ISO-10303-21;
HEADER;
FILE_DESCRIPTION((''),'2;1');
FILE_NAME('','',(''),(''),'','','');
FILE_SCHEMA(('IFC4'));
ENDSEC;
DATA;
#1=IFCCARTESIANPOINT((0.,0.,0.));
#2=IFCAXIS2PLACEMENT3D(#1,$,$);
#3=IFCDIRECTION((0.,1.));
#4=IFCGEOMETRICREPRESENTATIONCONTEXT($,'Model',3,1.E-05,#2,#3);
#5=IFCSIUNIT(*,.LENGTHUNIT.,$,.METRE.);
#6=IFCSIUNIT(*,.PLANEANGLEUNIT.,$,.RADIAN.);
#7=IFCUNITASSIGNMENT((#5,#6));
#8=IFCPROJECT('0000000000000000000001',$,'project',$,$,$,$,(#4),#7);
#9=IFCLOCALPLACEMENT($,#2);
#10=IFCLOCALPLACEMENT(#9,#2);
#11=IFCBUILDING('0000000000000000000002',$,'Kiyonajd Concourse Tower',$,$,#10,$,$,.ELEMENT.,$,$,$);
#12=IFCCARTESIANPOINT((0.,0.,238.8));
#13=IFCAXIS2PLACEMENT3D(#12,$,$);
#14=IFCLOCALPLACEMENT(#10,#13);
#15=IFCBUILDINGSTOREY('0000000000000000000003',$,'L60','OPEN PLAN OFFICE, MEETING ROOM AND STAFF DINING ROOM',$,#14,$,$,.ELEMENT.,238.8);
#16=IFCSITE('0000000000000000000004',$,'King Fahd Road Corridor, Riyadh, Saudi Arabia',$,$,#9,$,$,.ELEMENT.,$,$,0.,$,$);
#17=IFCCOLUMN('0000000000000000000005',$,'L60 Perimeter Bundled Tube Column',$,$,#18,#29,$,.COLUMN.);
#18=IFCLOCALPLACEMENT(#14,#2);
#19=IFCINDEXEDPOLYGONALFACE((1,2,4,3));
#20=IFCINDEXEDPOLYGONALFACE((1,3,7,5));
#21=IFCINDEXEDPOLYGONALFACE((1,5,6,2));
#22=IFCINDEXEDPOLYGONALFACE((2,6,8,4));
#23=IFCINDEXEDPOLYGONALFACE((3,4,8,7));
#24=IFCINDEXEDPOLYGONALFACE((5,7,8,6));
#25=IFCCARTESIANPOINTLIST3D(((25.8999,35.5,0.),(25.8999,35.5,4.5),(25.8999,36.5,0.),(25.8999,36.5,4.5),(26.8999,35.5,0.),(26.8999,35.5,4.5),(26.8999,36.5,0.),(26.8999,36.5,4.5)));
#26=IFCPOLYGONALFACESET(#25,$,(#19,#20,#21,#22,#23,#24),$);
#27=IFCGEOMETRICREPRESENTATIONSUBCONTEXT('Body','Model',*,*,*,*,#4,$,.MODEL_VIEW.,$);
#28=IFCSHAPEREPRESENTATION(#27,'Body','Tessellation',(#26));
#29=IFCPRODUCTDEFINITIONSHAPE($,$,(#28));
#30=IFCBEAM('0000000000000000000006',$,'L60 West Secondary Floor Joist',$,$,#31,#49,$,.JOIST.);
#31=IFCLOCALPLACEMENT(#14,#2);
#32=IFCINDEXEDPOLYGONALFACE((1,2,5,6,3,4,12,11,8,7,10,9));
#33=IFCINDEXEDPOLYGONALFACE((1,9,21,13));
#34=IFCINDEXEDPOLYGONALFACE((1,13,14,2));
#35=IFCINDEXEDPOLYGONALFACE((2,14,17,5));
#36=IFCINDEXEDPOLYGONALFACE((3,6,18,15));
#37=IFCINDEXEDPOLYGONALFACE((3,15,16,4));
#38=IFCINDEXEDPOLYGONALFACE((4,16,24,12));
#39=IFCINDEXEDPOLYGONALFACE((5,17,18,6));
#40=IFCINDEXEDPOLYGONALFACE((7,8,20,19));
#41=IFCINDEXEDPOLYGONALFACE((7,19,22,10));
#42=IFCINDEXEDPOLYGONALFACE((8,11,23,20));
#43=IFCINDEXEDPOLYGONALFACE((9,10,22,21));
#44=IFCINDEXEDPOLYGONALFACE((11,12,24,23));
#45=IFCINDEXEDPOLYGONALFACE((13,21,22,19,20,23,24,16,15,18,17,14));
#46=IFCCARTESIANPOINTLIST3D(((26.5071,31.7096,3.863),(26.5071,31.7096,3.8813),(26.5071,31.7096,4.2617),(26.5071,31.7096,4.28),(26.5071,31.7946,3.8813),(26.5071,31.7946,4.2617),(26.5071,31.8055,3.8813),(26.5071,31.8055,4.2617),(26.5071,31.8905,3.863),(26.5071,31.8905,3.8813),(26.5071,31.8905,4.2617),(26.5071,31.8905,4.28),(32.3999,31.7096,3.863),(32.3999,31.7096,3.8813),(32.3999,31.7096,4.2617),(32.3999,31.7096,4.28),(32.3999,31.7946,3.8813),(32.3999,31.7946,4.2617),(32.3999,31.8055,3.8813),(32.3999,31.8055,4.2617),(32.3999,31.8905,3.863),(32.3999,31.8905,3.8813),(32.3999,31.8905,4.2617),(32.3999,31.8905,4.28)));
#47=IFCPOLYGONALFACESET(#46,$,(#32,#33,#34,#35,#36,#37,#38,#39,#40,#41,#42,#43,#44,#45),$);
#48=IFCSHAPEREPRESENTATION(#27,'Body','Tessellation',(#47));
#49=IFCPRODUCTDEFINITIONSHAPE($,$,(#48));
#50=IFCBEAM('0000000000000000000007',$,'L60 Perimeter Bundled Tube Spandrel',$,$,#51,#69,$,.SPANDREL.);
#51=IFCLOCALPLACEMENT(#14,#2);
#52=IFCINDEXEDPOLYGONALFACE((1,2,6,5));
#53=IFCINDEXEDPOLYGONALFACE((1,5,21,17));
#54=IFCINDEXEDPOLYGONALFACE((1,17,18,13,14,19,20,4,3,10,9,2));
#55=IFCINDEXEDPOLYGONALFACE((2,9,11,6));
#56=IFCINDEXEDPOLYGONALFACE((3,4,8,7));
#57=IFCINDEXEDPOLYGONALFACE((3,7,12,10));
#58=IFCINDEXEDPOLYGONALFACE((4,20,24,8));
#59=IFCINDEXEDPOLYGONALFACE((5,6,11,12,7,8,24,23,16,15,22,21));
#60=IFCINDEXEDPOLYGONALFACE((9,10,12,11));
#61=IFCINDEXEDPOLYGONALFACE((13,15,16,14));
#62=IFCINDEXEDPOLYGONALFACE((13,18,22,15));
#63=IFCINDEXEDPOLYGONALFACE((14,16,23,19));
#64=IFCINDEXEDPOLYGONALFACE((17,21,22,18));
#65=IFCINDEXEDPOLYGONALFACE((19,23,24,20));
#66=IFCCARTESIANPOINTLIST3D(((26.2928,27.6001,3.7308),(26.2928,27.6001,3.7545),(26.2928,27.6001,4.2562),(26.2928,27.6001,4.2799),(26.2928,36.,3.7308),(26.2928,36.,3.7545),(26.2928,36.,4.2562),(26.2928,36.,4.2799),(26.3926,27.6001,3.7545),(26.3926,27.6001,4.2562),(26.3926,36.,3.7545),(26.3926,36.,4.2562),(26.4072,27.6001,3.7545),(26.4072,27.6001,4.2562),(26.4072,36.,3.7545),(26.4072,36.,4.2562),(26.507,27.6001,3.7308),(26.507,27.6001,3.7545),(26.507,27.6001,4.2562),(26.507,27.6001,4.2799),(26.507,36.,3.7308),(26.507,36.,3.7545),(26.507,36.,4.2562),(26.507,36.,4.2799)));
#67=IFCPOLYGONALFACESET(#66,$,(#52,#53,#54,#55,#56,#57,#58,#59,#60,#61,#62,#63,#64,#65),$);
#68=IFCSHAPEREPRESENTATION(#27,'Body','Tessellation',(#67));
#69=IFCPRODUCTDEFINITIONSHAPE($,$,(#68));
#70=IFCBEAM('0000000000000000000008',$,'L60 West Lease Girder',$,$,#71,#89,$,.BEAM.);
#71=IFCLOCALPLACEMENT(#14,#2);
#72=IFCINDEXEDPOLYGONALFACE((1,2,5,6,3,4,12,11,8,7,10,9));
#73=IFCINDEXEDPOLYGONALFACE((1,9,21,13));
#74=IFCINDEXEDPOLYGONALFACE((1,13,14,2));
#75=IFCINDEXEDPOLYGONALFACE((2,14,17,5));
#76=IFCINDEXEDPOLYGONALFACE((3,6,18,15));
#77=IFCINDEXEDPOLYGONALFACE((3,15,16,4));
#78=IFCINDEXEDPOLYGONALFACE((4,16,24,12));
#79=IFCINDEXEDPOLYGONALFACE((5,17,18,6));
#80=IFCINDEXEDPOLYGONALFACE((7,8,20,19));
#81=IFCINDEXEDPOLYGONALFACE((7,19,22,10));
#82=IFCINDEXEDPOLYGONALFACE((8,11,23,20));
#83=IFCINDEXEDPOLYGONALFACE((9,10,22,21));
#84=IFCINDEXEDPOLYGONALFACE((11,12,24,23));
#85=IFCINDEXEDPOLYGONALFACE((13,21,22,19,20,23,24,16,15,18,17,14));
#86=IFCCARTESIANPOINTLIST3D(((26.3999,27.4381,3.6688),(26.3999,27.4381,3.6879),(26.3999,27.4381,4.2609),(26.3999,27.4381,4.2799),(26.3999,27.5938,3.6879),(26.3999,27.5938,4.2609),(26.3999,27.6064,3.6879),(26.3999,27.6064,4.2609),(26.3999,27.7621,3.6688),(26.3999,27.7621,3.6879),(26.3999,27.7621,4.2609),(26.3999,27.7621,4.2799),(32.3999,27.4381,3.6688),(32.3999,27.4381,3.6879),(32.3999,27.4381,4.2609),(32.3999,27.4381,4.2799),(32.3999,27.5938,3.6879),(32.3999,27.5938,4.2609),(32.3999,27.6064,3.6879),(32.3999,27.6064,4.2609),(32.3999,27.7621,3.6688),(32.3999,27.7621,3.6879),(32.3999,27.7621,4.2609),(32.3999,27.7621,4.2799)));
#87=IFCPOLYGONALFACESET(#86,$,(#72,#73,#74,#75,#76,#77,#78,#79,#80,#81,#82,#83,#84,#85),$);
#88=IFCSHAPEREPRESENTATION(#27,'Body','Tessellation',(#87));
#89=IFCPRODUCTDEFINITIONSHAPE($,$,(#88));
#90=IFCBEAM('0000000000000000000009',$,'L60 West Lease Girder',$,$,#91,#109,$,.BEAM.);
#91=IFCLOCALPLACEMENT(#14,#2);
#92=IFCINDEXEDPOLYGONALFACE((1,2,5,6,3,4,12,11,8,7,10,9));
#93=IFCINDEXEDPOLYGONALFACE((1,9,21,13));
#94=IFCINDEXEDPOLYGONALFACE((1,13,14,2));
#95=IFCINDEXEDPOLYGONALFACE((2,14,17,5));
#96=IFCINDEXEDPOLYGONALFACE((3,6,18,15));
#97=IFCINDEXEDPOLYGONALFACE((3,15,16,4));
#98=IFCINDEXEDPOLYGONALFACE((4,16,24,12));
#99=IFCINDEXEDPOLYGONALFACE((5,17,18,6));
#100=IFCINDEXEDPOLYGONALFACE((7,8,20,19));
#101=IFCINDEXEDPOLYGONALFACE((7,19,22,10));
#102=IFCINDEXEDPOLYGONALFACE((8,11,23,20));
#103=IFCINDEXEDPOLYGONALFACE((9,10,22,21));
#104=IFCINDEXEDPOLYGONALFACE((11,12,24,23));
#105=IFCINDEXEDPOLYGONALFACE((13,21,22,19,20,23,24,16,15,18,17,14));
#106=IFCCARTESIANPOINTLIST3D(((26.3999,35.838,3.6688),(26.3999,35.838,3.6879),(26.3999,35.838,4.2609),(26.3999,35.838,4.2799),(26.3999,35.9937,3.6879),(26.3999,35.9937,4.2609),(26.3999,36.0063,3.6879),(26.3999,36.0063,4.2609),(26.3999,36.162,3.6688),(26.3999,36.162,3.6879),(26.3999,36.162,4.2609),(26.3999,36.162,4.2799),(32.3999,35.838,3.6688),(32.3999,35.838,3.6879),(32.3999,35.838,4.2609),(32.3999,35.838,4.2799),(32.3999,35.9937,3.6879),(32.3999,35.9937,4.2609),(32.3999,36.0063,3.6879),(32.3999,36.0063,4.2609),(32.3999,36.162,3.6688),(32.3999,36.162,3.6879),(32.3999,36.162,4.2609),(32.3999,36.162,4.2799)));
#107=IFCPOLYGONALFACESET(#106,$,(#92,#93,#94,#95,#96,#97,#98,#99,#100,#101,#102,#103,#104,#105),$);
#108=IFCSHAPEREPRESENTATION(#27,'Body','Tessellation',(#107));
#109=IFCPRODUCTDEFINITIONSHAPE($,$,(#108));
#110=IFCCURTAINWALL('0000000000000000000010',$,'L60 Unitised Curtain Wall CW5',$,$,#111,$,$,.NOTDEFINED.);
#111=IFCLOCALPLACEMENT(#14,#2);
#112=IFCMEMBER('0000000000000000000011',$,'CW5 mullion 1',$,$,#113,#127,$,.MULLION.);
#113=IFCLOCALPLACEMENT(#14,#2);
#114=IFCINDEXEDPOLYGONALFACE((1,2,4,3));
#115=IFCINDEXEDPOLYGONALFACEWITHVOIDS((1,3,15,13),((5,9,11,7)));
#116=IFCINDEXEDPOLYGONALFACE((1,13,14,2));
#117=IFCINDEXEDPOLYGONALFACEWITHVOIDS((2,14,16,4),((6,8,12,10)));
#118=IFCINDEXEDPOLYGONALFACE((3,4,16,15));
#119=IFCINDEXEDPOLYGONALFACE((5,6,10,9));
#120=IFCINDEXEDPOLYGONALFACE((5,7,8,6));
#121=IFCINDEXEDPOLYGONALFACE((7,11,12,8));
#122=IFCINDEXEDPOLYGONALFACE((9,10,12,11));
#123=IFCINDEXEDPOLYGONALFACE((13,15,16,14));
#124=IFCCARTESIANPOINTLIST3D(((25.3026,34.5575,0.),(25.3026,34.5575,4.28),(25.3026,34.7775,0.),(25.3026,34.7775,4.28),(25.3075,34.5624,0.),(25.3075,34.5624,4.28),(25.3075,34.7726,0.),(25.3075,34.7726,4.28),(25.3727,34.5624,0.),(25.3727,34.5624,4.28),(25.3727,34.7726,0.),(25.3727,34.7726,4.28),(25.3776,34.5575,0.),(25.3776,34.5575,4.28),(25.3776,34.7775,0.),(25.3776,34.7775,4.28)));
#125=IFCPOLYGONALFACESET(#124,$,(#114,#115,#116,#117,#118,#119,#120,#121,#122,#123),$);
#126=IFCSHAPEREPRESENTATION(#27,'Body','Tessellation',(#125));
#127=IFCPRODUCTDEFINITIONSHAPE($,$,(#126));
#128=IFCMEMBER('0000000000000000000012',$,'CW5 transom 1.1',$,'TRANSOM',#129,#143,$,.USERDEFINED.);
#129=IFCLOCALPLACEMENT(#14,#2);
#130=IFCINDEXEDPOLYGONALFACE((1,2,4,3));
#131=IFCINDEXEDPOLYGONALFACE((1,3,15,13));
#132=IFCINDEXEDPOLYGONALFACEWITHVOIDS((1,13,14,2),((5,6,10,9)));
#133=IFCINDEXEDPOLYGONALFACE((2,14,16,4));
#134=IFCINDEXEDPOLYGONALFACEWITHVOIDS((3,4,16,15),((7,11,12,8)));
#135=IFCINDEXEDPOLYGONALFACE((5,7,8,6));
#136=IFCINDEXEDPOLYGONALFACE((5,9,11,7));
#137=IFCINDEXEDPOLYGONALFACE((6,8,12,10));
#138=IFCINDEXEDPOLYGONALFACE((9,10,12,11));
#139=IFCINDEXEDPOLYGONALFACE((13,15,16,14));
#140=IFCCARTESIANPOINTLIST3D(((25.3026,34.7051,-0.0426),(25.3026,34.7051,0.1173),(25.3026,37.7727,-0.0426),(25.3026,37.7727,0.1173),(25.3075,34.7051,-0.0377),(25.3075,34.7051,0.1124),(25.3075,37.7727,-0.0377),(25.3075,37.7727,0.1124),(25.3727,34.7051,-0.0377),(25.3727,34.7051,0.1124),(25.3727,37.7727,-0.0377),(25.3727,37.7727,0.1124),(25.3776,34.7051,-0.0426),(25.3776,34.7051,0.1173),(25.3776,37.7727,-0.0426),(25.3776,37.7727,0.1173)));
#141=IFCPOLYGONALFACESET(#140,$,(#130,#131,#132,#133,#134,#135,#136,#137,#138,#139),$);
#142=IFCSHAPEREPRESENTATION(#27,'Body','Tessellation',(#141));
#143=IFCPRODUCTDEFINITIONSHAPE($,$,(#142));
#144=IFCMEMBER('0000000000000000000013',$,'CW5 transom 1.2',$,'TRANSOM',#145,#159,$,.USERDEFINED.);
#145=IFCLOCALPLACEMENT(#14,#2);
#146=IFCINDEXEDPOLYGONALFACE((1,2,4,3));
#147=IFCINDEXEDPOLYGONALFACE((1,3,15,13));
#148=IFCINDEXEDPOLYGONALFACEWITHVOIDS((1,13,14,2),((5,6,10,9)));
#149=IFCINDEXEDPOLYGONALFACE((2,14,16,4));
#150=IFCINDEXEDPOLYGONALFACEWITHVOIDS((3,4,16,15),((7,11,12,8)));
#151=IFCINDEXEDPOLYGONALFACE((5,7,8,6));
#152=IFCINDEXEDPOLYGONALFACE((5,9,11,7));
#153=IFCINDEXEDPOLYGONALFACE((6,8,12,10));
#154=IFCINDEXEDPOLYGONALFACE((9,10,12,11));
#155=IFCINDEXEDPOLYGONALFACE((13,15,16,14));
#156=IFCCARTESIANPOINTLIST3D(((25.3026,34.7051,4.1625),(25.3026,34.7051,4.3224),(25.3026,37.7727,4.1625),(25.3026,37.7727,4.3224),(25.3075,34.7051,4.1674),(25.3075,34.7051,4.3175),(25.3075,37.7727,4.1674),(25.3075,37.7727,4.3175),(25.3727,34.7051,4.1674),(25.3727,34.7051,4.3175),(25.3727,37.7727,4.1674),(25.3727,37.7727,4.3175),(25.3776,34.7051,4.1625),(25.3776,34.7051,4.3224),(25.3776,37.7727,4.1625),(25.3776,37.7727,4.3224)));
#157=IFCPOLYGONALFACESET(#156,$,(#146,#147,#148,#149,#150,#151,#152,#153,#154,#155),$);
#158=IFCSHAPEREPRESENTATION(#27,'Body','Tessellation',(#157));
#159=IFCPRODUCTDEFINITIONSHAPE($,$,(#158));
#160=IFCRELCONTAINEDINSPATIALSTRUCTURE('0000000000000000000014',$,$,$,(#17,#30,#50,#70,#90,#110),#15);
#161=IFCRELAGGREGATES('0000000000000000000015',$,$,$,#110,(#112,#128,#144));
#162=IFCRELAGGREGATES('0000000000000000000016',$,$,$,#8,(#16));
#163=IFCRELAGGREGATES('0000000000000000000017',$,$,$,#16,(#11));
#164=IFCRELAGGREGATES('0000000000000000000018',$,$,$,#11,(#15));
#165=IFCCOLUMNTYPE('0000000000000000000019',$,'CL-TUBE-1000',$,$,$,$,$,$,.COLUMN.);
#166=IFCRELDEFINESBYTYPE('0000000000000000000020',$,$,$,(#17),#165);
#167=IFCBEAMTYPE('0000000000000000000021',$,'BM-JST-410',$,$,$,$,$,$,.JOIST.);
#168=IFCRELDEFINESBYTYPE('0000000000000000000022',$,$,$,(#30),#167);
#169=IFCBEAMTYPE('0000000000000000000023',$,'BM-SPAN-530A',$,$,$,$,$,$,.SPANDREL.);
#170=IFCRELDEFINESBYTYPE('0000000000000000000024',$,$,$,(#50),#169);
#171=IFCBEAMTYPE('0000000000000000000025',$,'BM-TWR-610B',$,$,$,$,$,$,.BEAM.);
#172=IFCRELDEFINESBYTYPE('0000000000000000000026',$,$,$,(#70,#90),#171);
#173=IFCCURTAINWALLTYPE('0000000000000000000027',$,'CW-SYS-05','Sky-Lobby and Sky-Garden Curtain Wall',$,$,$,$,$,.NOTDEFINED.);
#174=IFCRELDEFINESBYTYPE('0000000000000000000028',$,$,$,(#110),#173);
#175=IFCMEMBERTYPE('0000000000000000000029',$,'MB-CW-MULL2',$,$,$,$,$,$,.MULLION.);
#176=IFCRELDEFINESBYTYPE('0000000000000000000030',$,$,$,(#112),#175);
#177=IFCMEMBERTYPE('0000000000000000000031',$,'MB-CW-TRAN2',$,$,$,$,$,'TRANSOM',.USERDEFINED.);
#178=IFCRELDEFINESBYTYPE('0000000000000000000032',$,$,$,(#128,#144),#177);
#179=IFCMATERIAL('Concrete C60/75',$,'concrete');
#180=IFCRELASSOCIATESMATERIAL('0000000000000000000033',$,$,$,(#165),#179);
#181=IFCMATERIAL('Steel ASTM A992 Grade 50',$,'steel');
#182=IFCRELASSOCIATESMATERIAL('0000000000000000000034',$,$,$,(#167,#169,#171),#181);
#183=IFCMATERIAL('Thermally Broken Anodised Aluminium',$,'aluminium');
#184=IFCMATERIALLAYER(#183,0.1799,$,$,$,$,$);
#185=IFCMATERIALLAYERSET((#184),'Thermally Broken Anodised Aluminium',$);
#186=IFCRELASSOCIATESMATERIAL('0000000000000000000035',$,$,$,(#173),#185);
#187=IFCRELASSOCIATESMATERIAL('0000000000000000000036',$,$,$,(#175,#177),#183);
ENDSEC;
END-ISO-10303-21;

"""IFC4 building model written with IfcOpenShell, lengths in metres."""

from ifc_helpers import new_model, si_unit, direction, frame, origin, origin_2d, place, context, subcontext, project, spatial, rectangle, hollow_rectangle, i_section, extrude, material, layer, layer_set, material_profile, profile_set, type_object, element, aggregate, save


model = new_model("IFC4")

# Units and contexts
model_context = context("Model", 3, precision=1e-05, world=origin(), true_north=direction((0.0, 1.0)))
body_context = subcontext(model_context, "Body", "Model", "MODEL_VIEW")
ifc_project = project(units=[si_unit("LENGTHUNIT", "METRE"), si_unit("PLANEANGLEUNIT", "RADIAN")], contexts=[model_context])

# Site, building, storey
site_placement = place(None, origin())
site = spatial("IfcSite", under=ifc_project, at=site_placement, Name="King Fahd Road Corridor, Riyadh, Saudi Arabia", CompositionType="ELEMENT", RefElevation=0.0)
building_placement = place(site_placement, origin())
building = spatial("IfcBuilding", under=site, at=building_placement, Name="Kiyonajd Concourse Tower", CompositionType="ELEMENT")
storey_placement = place(building_placement, frame((0.0, 0.0, 238.8)))
storey = spatial("IfcBuildingStorey", under=building, at=storey_placement, Name="L60", Description="OPEN PLAN OFFICE, MEETING ROOM AND STAFF DINING ROOM", CompositionType="ELEMENT", Elevation=238.8)

# Column
ifc_material_1 = material(Name="Concrete C60/75", Category="concrete")
ifc_material_profile_1 = material_profile(ifc_material_1, rectangle(XDim=1.0, YDim=1.0, at=origin_2d()), Name="RC-1000x1000")
ifc_profile_set_1 = profile_set([ifc_material_profile_1], Name="Concrete C60/75")
column_type = type_object("IfcColumnType", Name="CL-TUBE-1000", PredefinedType="COLUMN", material=ifc_profile_set_1)
column_placement = place(storey_placement, frame((26.3999, 36.0, 0.0), z_axis=(0.0, 0.0, 1.0), x_axis=(1.0, 0.0, 0.0)))
element("IfcColumn", 1, at=column_placement, inside=storey, type_object=column_type, Name="L60 Perimeter Bundled Tube Column", PredefinedType="COLUMN", context=body_context, shape_type="SweptSolid", body=[
    extrude(rectangle(XDim=1.0, YDim=1.0, at=origin_2d()), origin(), (0.0, 0.0, 1.0), 4.5),
])

# Beams
ifc_material_2 = material(Name="Steel ASTM A992 Grade 50", Category="steel")
ifc_material_profile_2 = material_profile(ifc_material_2, i_section(OverallWidth=0.1809, OverallDepth=0.417, WebThickness=0.011, FlangeThickness=0.0183, at=origin_2d()), Name="W410X85")
ifc_profile_set_2 = profile_set([ifc_material_profile_2], Name="Steel ASTM A992 Grade 50")
beam_type_1 = type_object("IfcBeamType", Name="BM-JST-410", PredefinedType="JOIST", material=ifc_profile_set_2)
beam_1_placement = place(storey_placement, frame((26.5071, 31.8, 4.0715), z_axis=(1.0, 0.0, 0.0), x_axis=(0.0, 1.0, 0.0)))
element("IfcBeam", 2, at=beam_1_placement, inside=storey, type_object=beam_type_1, Name="L60 West Secondary Floor Joist", PredefinedType="JOIST", context=body_context, shape_type="SweptSolid", body=[
    extrude(i_section(OverallWidth=0.1809, OverallDepth=0.417, WebThickness=0.011, FlangeThickness=0.0183, at=origin_2d()), origin(), (0.0, 0.0, 1.0), 5.8928),
])
ifc_material_profile_3 = material_profile(ifc_material_2, i_section(OverallWidth=0.2141, OverallDepth=0.5491, WebThickness=0.0146, FlangeThickness=0.0237, at=origin_2d()), Name="W530X138")
ifc_profile_set_3 = profile_set([ifc_material_profile_3], Name="Steel ASTM A992 Grade 50")
beam_type_2 = type_object("IfcBeamType", Name="BM-SPAN-530A", PredefinedType="SPANDREL", material=ifc_profile_set_3)
beam_2_placement = place(storey_placement, frame((26.3999, 36.0, 4.0054), z_axis=(0.0, -1.0, 0.0), x_axis=(1.0, 0.0, 0.0)))
element("IfcBeam", 3, at=beam_2_placement, inside=storey, type_object=beam_type_2, Name="L60 Perimeter Bundled Tube Spandrel", PredefinedType="SPANDREL", context=body_context, shape_type="SweptSolid", body=[
    extrude(i_section(OverallWidth=0.2141, OverallDepth=0.5491, WebThickness=0.0146, FlangeThickness=0.0237, at=origin_2d()), origin(), (0.0, 0.0, 1.0), 8.3999),
])
ifc_material_profile_4 = material_profile(ifc_material_2, i_section(OverallWidth=0.324, OverallDepth=0.6111, WebThickness=0.0127, FlangeThickness=0.019, at=origin_2d()), Name="W610X155")
ifc_profile_set_4 = profile_set([ifc_material_profile_4], Name="Steel ASTM A992 Grade 50")
beam_type_3 = type_object("IfcBeamType", Name="BM-TWR-610B", PredefinedType="BEAM", material=ifc_profile_set_4)
for number, where, z_axis, x_axis, name in (
    (4, (26.3999, 27.6001, 3.9744), (1.0, 0.0, 0.0), (0.0, 1.0, 0.0), "L60 West Lease Girder"),
    (5, (26.3999, 36.0, 3.9744), (1.0, 0.0, 0.0), (0.0, 1.0, 0.0), "L60 West Lease Girder"),
):
    element("IfcBeam", number, at=place(storey_placement, frame(where, z_axis=z_axis, x_axis=x_axis)), inside=storey, type_object=beam_type_3, Name=name, PredefinedType="BEAM", context=body_context, shape_type="SweptSolid", body=[
        extrude(i_section(OverallWidth=0.324, OverallDepth=0.6111, WebThickness=0.0127, FlangeThickness=0.019, at=origin_2d()), origin(), (0.0, 0.0, 1.0), 6.0),
    ])

# Curtain wall, members
ifc_material_3 = material(Name="Thermally Broken Anodised Aluminium", Category="aluminium")
ifc_layer_1 = layer(ifc_material_3, 0.1799)
ifc_layer_set_1 = layer_set([ifc_layer_1], Name="Thermally Broken Anodised Aluminium")
curtain_wall_type = type_object("IfcCurtainWallType", Name="CW-SYS-05", Description="Sky-Lobby and Sky-Garden Curtain Wall", PredefinedType="NOTDEFINED", material=ifc_layer_set_1)
curtain_wall_placement = place(storey_placement, origin())
curtain_wall = element("IfcCurtainWall", 6, at=curtain_wall_placement, inside=storey, type_object=curtain_wall_type, Name="L60 Unitised Curtain Wall CW5", PredefinedType="NOTDEFINED")
ifc_material_profile_5 = material_profile(ifc_material_3, hollow_rectangle(XDim=0.075, YDim=0.22, WallThickness=0.0049, at=origin_2d()), Name="MULL-75x220")
ifc_profile_set_5 = profile_set([ifc_material_profile_5], Name="Thermally Broken Anodised Aluminium")
member_type_1 = type_object("IfcMemberType", Name="MB-CW-MULL2", PredefinedType="MULLION", material=ifc_profile_set_5)
member_1_placement = place(storey_placement, frame((25.3401, 34.6675, 0.0), z_axis=(0.0, 0.0, 1.0), x_axis=(-1.0, 0.0, 0.0)))
member_1 = element("IfcMember", 7, at=member_1_placement, type_object=member_type_1, Name="CW5 mullion 1", PredefinedType="MULLION", context=body_context, shape_type="SweptSolid", body=[
    extrude(hollow_rectangle(XDim=0.075, YDim=0.22, WallThickness=0.0049, at=origin_2d()), origin(), (0.0, 0.0, 1.0), 4.28),
])
ifc_material_profile_6 = material_profile(ifc_material_3, hollow_rectangle(XDim=0.075, YDim=0.1599, WallThickness=0.0049, at=origin_2d()), Name="TRAN-75x160")
ifc_profile_set_6 = profile_set([ifc_material_profile_6], Name="Thermally Broken Anodised Aluminium")
member_type_2 = type_object("IfcMemberType", Name="MB-CW-TRAN2", ElementType="TRANSOM", PredefinedType="USERDEFINED", material=ifc_profile_set_6)
member_2_placement = place(storey_placement, frame((25.3401, 34.7051, 0.0374), z_axis=(0.0, 1.0, 0.0), x_axis=(-1.0, 0.0, 0.0)))
member_2 = element("IfcMember", 8, at=member_2_placement, type_object=member_type_2, Name="CW5 transom 1.1", ObjectType="TRANSOM", PredefinedType="USERDEFINED", context=body_context, shape_type="SweptSolid", body=[
    extrude(hollow_rectangle(XDim=0.075, YDim=0.1599, WallThickness=0.0049, at=origin_2d()), origin(), (0.0, 0.0, 1.0), 3.0676),
])
member_3_placement = place(storey_placement, frame((25.3401, 34.7051, 4.2424), z_axis=(0.0, 1.0, 0.0), x_axis=(-1.0, 0.0, 0.0)))
member_3 = element("IfcMember", 9, at=member_3_placement, type_object=member_type_2, Name="CW5 transom 1.2", ObjectType="TRANSOM", PredefinedType="USERDEFINED", context=body_context, shape_type="SweptSolid", body=[
    extrude(hollow_rectangle(XDim=0.075, YDim=0.1599, WallThickness=0.0049, at=origin_2d()), origin(), (0.0, 0.0, 1.0), 3.0676),
])

aggregate(curtain_wall, [member_1, member_2, member_3])

save(model, "model.ifc")
